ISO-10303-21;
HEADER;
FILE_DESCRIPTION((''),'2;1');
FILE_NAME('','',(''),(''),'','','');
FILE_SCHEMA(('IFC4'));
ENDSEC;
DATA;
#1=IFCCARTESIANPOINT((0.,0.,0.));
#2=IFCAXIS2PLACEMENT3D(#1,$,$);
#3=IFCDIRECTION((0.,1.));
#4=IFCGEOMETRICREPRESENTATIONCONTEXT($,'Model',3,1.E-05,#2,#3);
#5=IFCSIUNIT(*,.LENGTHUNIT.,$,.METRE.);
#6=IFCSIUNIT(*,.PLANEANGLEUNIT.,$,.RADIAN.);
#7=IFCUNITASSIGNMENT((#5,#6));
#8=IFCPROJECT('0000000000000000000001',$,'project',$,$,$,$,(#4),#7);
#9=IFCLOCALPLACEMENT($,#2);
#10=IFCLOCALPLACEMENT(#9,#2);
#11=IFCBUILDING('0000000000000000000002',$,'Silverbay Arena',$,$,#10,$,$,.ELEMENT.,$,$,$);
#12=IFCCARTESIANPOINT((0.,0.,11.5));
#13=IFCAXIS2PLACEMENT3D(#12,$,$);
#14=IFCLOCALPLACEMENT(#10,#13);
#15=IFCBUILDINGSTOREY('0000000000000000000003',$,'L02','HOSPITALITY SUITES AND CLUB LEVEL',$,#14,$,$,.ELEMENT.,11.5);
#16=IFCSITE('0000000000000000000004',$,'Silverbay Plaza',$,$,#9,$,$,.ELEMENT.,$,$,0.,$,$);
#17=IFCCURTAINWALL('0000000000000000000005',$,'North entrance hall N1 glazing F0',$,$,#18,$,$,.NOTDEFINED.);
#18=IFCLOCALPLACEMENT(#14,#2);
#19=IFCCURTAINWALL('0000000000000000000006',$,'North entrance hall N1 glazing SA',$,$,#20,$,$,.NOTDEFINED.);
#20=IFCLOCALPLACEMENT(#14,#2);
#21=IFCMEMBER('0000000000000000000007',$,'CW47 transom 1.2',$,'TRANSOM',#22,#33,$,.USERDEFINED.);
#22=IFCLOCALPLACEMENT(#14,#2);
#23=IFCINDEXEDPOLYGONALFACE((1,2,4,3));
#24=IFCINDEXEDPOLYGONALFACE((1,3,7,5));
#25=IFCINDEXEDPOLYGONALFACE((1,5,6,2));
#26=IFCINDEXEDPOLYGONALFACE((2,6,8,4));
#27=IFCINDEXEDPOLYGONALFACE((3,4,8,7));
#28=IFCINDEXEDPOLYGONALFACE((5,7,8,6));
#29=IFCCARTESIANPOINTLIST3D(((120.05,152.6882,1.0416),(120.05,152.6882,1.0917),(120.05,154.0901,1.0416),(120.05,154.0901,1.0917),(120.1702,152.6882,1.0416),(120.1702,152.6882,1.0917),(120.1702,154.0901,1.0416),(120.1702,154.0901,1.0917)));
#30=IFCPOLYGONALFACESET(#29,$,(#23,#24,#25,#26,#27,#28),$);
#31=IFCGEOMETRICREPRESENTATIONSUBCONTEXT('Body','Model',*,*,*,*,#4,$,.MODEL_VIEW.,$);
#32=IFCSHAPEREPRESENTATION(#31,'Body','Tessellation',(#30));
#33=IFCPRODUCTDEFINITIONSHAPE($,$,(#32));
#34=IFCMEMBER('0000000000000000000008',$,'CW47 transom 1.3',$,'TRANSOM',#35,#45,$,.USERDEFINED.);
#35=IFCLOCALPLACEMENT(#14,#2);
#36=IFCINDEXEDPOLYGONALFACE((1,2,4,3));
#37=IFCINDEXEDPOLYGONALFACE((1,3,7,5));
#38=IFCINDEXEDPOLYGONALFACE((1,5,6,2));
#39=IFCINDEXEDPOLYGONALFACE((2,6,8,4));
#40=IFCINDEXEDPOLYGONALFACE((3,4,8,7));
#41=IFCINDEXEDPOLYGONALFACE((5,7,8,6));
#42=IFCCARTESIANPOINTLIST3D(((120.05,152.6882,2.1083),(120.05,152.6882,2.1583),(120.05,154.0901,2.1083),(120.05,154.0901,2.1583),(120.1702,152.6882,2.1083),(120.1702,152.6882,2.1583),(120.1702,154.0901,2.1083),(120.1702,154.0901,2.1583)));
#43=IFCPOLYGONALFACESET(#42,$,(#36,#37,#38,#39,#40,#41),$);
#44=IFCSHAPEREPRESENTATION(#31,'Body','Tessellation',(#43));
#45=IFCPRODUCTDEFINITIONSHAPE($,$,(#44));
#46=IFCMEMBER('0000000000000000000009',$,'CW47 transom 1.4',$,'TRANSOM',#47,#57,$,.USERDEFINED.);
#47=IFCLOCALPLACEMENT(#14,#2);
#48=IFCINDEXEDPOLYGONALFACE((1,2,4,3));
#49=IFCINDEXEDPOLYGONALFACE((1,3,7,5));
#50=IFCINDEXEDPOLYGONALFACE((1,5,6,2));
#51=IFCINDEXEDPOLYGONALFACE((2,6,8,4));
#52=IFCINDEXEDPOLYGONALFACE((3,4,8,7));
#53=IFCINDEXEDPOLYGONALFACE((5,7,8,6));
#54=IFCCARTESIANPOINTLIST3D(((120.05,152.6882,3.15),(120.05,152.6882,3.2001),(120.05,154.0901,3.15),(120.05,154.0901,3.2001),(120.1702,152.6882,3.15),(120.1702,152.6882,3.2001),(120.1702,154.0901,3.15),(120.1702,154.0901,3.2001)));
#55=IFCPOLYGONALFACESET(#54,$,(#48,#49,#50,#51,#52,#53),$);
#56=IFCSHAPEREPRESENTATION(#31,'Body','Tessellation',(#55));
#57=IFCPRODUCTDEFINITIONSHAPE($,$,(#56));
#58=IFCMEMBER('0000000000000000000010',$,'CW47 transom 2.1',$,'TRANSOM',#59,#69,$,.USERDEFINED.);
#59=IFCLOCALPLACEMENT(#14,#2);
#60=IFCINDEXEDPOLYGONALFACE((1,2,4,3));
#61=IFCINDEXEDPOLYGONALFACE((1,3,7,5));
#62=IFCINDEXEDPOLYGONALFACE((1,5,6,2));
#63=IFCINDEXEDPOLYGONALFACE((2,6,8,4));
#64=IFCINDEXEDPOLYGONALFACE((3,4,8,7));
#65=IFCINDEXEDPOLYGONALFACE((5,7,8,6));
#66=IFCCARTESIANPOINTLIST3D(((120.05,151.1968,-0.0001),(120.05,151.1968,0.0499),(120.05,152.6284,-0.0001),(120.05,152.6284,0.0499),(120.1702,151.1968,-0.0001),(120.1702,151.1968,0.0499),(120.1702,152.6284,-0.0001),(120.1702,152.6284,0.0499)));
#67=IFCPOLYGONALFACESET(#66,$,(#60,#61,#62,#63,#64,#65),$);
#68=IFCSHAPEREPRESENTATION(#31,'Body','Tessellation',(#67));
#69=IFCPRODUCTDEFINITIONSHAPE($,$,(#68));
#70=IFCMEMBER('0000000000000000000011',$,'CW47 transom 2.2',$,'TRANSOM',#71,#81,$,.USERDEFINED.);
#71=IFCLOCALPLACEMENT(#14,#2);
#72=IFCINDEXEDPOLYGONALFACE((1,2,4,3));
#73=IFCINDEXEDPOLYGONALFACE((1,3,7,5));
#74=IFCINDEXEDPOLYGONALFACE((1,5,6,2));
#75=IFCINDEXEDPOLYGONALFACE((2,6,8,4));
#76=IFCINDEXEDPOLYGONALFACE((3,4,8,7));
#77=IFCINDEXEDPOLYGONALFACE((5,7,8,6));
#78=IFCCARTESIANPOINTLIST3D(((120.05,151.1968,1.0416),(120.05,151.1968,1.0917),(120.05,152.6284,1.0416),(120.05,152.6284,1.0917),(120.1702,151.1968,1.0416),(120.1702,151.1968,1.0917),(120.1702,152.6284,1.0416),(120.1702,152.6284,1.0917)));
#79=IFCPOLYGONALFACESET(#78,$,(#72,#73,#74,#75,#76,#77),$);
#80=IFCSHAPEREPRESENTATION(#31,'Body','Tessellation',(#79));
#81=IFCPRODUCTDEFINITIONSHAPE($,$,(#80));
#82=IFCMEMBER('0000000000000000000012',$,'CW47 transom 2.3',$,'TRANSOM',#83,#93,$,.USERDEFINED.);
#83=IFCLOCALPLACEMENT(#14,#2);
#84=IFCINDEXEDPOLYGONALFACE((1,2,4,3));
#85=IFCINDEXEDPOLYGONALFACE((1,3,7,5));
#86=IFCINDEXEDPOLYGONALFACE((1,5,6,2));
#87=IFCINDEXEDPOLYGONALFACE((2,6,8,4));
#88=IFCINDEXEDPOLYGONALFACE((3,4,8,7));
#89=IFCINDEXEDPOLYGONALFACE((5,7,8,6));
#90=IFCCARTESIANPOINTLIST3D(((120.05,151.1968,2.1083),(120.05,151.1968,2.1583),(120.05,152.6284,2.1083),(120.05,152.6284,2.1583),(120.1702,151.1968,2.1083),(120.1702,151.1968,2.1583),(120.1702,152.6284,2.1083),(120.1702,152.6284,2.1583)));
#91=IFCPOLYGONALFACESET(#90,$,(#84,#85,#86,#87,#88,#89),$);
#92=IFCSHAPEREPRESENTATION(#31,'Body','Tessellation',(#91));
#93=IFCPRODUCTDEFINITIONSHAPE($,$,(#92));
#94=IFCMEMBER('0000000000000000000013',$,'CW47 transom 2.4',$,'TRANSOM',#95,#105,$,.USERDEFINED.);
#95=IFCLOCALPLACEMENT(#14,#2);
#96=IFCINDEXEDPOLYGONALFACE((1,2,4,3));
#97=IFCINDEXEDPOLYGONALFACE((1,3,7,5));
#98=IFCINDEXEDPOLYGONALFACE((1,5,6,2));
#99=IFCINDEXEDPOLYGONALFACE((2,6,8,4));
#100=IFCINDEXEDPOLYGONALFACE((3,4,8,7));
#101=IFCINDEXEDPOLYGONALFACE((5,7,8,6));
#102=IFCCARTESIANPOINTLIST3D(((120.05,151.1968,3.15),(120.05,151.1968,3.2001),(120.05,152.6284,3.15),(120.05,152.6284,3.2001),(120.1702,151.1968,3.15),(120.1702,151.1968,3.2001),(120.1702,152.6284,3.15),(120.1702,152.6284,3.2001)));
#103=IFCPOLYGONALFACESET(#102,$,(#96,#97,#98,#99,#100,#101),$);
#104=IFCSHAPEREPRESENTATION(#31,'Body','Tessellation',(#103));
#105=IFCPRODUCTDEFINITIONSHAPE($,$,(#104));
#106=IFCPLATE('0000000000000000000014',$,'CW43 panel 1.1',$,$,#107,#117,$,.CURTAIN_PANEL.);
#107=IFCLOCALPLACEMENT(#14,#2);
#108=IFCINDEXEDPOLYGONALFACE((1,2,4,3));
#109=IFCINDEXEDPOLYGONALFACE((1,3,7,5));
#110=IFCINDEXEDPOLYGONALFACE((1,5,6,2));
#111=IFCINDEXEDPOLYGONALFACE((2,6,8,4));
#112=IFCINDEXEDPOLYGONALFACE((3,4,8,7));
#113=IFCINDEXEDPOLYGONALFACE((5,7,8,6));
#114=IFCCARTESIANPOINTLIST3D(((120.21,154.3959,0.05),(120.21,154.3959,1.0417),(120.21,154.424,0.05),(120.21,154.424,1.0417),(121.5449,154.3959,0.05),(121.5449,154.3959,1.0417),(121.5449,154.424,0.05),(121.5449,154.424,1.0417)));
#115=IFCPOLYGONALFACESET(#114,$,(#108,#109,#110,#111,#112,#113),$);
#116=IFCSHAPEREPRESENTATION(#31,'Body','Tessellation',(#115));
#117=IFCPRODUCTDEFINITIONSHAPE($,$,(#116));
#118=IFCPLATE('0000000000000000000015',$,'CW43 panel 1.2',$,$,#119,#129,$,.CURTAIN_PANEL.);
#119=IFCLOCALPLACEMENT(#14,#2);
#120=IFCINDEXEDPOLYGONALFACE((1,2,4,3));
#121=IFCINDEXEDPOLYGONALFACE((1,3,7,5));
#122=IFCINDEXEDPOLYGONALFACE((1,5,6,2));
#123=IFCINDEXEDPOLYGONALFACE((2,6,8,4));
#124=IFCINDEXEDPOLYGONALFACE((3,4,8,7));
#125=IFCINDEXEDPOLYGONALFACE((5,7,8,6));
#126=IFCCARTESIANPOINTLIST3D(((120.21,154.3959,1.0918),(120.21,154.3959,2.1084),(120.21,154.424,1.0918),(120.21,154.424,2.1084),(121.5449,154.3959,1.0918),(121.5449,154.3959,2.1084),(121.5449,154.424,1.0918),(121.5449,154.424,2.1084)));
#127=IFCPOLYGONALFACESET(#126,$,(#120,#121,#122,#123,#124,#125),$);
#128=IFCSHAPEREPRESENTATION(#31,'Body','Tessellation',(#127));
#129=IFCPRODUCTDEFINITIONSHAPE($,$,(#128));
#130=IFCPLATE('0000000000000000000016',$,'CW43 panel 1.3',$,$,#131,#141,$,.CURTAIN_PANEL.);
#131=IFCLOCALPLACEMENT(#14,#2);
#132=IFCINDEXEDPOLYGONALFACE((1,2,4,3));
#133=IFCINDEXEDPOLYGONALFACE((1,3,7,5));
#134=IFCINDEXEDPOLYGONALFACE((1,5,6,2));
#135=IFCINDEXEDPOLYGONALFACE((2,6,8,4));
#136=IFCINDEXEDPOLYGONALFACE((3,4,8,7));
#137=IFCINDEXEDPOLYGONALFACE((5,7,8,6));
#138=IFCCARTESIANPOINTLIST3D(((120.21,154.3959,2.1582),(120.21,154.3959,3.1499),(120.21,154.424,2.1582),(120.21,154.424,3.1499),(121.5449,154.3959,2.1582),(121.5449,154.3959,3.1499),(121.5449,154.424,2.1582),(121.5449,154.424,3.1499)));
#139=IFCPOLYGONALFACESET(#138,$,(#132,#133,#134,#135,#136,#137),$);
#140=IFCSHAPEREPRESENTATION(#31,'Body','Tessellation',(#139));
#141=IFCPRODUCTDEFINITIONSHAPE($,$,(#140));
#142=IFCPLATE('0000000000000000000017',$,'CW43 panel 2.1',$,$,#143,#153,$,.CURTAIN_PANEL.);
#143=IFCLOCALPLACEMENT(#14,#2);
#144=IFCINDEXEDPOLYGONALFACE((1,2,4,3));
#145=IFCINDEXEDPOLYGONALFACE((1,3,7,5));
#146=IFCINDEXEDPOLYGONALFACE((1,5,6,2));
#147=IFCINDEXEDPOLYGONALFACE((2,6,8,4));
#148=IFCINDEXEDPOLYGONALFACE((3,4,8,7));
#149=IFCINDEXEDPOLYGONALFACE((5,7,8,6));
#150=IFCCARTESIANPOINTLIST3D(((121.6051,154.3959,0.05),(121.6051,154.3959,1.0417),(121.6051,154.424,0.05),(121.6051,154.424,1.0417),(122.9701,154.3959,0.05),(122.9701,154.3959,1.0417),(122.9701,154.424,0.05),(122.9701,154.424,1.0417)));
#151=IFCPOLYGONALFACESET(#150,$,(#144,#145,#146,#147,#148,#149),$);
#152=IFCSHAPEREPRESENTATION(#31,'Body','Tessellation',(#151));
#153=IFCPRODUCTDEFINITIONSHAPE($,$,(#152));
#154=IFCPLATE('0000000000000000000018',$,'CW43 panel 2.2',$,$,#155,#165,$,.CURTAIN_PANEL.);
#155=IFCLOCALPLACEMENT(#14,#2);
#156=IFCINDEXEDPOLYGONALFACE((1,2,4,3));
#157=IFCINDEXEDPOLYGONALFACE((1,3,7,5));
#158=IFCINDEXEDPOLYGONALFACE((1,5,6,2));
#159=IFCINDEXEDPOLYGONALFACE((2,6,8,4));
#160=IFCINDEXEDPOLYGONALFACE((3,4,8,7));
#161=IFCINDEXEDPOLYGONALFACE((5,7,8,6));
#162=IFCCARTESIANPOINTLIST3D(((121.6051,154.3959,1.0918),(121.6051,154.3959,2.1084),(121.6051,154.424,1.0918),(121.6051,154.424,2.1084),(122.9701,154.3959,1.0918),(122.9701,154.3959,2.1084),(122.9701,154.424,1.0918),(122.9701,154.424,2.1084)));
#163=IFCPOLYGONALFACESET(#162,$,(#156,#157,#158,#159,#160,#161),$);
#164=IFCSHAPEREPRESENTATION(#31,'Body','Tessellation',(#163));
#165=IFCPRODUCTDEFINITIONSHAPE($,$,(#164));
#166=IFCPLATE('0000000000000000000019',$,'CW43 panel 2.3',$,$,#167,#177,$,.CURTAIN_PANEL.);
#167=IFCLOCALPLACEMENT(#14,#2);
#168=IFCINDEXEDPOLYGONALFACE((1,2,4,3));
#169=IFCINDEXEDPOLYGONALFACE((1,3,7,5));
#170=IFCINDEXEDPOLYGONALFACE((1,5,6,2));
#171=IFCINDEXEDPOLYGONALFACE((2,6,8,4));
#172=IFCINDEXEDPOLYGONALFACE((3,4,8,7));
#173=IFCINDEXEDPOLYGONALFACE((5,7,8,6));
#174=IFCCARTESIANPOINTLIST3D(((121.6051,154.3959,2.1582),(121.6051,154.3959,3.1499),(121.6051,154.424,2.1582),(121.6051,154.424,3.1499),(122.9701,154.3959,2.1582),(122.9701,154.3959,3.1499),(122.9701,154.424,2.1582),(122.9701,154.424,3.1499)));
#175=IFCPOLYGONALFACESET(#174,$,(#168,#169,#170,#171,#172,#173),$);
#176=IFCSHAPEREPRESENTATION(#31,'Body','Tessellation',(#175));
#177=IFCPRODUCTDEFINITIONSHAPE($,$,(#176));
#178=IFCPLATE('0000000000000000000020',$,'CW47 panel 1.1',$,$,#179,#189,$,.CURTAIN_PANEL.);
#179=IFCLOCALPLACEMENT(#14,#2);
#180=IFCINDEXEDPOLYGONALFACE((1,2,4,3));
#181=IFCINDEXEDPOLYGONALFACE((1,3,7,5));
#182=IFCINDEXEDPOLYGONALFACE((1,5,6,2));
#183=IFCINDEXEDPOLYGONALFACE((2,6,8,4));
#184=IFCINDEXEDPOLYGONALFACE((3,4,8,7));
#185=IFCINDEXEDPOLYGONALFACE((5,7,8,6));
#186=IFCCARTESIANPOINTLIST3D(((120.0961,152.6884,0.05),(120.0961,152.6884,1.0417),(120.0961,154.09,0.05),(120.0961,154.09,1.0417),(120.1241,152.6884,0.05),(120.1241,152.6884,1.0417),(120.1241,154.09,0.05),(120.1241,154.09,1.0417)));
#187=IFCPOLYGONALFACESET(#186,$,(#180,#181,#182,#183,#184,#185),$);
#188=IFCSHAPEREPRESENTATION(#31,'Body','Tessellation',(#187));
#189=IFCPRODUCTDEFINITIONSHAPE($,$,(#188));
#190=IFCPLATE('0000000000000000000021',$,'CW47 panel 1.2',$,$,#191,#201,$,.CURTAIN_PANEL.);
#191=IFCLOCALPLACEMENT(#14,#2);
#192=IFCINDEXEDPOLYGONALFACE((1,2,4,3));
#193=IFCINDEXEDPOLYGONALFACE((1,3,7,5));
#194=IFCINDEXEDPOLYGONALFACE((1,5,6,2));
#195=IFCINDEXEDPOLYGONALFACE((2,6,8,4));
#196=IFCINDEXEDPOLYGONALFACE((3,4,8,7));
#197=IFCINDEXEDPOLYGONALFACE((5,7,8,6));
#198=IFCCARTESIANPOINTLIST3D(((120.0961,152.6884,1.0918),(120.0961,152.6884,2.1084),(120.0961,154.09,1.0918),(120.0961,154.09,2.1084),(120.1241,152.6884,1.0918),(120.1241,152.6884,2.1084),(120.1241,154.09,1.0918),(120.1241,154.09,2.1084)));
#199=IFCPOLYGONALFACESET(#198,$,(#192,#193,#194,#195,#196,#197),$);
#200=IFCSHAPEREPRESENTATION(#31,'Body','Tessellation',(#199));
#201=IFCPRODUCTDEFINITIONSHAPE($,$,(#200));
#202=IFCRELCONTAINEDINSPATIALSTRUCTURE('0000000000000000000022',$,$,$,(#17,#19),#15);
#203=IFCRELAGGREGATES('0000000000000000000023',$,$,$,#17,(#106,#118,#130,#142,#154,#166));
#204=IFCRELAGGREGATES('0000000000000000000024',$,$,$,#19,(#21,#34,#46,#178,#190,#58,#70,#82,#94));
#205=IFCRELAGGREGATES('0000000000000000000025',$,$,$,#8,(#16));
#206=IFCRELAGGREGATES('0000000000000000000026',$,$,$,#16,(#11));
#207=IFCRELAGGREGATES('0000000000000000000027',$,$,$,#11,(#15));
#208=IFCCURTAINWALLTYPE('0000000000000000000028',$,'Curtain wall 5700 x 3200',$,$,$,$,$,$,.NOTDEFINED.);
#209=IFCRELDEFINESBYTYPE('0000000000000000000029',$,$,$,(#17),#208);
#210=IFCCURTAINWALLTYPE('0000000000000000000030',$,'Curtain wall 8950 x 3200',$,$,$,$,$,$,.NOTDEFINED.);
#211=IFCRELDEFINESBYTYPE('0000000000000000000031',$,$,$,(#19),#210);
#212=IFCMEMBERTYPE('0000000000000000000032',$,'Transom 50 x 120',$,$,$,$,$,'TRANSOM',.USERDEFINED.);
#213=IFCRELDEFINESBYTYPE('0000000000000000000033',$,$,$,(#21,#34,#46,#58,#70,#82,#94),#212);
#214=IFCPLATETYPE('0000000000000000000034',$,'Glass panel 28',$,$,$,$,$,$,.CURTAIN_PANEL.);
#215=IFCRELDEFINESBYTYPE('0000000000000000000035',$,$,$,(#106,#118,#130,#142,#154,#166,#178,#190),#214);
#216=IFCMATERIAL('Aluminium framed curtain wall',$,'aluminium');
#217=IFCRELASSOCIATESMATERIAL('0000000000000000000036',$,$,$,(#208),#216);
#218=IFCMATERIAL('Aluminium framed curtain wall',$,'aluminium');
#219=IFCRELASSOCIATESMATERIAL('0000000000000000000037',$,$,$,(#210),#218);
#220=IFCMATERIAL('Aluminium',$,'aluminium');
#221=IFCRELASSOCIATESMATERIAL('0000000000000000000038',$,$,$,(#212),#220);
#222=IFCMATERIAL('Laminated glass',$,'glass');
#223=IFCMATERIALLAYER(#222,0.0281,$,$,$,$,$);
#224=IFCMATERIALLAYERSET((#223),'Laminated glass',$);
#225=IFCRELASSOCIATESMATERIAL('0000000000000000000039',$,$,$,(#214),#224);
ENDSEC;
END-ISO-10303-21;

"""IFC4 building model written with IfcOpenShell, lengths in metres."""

from ifc_helpers import new_model, si_unit, direction, frame, origin, origin_2d, place, context, subcontext, project, spatial, rectangle, extrude, material, layer, layer_set, material_profile, profile_set, type_object, element, aggregate, save


model = new_model("IFC4")

# Units and contexts
model_context = context("Model", 3, precision=1e-05, world=origin(), true_north=direction((0.0, 1.0)))
body_context = subcontext(model_context, "Body", "Model", "MODEL_VIEW")
ifc_project = project(units=[si_unit("LENGTHUNIT", "METRE"), si_unit("PLANEANGLEUNIT", "RADIAN")], contexts=[model_context])

# Site, building, storey
site_placement = place(None, origin())
site = spatial("IfcSite", under=ifc_project, at=site_placement, Name="Silverbay Plaza", CompositionType="ELEMENT", RefElevation=0.0)
building_placement = place(site_placement, origin())
building = spatial("IfcBuilding", under=site, at=building_placement, Name="Silverbay Arena", CompositionType="ELEMENT")
storey_placement = place(building_placement, frame((0.0, 0.0, 11.5)))
storey = spatial("IfcBuildingStorey", under=building, at=storey_placement, Name="L02", Description="HOSPITALITY SUITES AND CLUB LEVEL", CompositionType="ELEMENT", Elevation=11.5)

# Curtain walls
ifc_material_1 = material(Name="Aluminium framed curtain wall", Category="aluminium")
curtain_wall_type_1 = type_object("IfcCurtainWallType", Name="Curtain wall 5700 x 3200", PredefinedType="NOTDEFINED", material=ifc_material_1)
curtain_wall_1_placement = place(storey_placement, origin())
curtain_wall_1 = element("IfcCurtainWall", 1, at=curtain_wall_1_placement, inside=storey, type_object=curtain_wall_type_1, Name="North entrance hall N1 glazing F0", PredefinedType="NOTDEFINED")
ifc_material_2 = material(Name="Aluminium framed curtain wall", Category="aluminium")
curtain_wall_type_2 = type_object("IfcCurtainWallType", Name="Curtain wall 8950 x 3200", PredefinedType="NOTDEFINED", material=ifc_material_2)
curtain_wall_2_placement = place(storey_placement, origin())
curtain_wall_2 = element("IfcCurtainWall", 2, at=curtain_wall_2_placement, inside=storey, type_object=curtain_wall_type_2, Name="North entrance hall N1 glazing SA", PredefinedType="NOTDEFINED")

# Members
ifc_material_3 = material(Name="Aluminium", Category="aluminium")
ifc_material_profile_1 = material_profile(ifc_material_3, rectangle(XDim=0.1201, YDim=0.05, at=origin_2d()), Name="Transom 50 x 120")
ifc_profile_set_1 = profile_set([ifc_material_profile_1], Name="Aluminium")
member_type_1 = type_object("IfcMemberType", Name="Transom 50 x 120", ElementType="TRANSOM", PredefinedType="USERDEFINED", material=ifc_profile_set_1)
member_1_placement = place(storey_placement, frame((120.1101, 154.0901, 1.0667), z_axis=(0.0, -1.0, 0.0), x_axis=(1.0, 0.0, 0.0)))
member_1 = element("IfcMember", 3, at=member_1_placement, type_object=member_type_1, Name="CW47 transom 1.2", ObjectType="TRANSOM", PredefinedType="USERDEFINED", context=body_context, shape_type="SweptSolid", body=[
    extrude(rectangle(XDim=0.1201, YDim=0.05, at=origin_2d()), origin(), (0.0, 0.0, 1.0), 1.4019),
])
member_2_placement = place(storey_placement, frame((120.1101, 154.0901, 2.1333), z_axis=(0.0, -1.0, 0.0), x_axis=(1.0, 0.0, 0.0)))
member_2 = element("IfcMember", 4, at=member_2_placement, type_object=member_type_1, Name="CW47 transom 1.3", ObjectType="TRANSOM", PredefinedType="USERDEFINED", context=body_context, shape_type="SweptSolid", body=[
    extrude(rectangle(XDim=0.1201, YDim=0.05, at=origin_2d()), origin(), (0.0, 0.0, 1.0), 1.4019),
])
member_3_placement = place(storey_placement, frame((120.1101, 154.0901, 3.175), z_axis=(0.0, -1.0, 0.0), x_axis=(1.0, 0.0, 0.0)))
member_3 = element("IfcMember", 5, at=member_3_placement, type_object=member_type_1, Name="CW47 transom 1.4", ObjectType="TRANSOM", PredefinedType="USERDEFINED", context=body_context, shape_type="SweptSolid", body=[
    extrude(rectangle(XDim=0.1201, YDim=0.05, at=origin_2d()), origin(), (0.0, 0.0, 1.0), 1.4019),
])
member_4_placement = place(storey_placement, frame((120.1101, 152.6284, 0.0249), z_axis=(0.0, -1.0, 0.0), x_axis=(1.0, 0.0, 0.0)))
member_4 = element("IfcMember", 6, at=member_4_placement, type_object=member_type_1, Name="CW47 transom 2.1", ObjectType="TRANSOM", PredefinedType="USERDEFINED", context=body_context, shape_type="SweptSolid", body=[
    extrude(rectangle(XDim=0.1201, YDim=0.05, at=origin_2d()), origin(), (0.0, 0.0, 1.0), 1.4316),
])
member_5_placement = place(storey_placement, frame((120.1101, 152.6284, 1.0667), z_axis=(0.0, -1.0, 0.0), x_axis=(1.0, 0.0, 0.0)))
member_5 = element("IfcMember", 7, at=member_5_placement, type_object=member_type_1, Name="CW47 transom 2.2", ObjectType="TRANSOM", PredefinedType="USERDEFINED", context=body_context, shape_type="SweptSolid", body=[
    extrude(rectangle(XDim=0.1201, YDim=0.05, at=origin_2d()), origin(), (0.0, 0.0, 1.0), 1.4316),
])
member_6_placement = place(storey_placement, frame((120.1101, 152.6284, 2.1333), z_axis=(0.0, -1.0, 0.0), x_axis=(1.0, 0.0, 0.0)))
member_6 = element("IfcMember", 8, at=member_6_placement, type_object=member_type_1, Name="CW47 transom 2.3", ObjectType="TRANSOM", PredefinedType="USERDEFINED", context=body_context, shape_type="SweptSolid", body=[
    extrude(rectangle(XDim=0.1201, YDim=0.05, at=origin_2d()), origin(), (0.0, 0.0, 1.0), 1.4316),
])
member_7_placement = place(storey_placement, frame((120.1101, 152.6284, 3.175), z_axis=(0.0, -1.0, 0.0), x_axis=(1.0, 0.0, 0.0)))
member_7 = element("IfcMember", 9, at=member_7_placement, type_object=member_type_1, Name="CW47 transom 2.4", ObjectType="TRANSOM", PredefinedType="USERDEFINED", context=body_context, shape_type="SweptSolid", body=[
    extrude(rectangle(XDim=0.1201, YDim=0.05, at=origin_2d()), origin(), (0.0, 0.0, 1.0), 1.4316),
])

# Plates
ifc_material_4 = material(Name="Laminated glass", Category="glass")
ifc_layer = layer(ifc_material_4, 0.0281)
ifc_layer_set = layer_set([ifc_layer], Name="Laminated glass")
plate_type = type_object("IfcPlateType", Name="Glass panel 28", PredefinedType="CURTAIN_PANEL", material=ifc_layer_set)
plate_1_placement = place(storey_placement, frame((120.8774, 154.4099, 0.05), z_axis=(0.0, 0.0, 1.0), x_axis=(1.0, 0.0, 0.0)))
plate_1 = element("IfcPlate", 10, at=plate_1_placement, type_object=plate_type, Name="CW43 panel 1.1", PredefinedType="CURTAIN_PANEL", context=body_context, shape_type="SweptSolid", body=[
    extrude(rectangle(XDim=1.335, YDim=0.0281, at=origin_2d()), origin(), (0.0, 0.0, 1.0), 0.9917),
])
plate_2_placement = place(storey_placement, frame((120.8774, 154.4099, 1.0918), z_axis=(0.0, 0.0, 1.0), x_axis=(1.0, 0.0, 0.0)))
plate_2 = element("IfcPlate", 11, at=plate_2_placement, type_object=plate_type, Name="CW43 panel 1.2", PredefinedType="CURTAIN_PANEL", context=body_context, shape_type="SweptSolid", body=[
    extrude(rectangle(XDim=1.335, YDim=0.0281, at=origin_2d()), origin(), (0.0, 0.0, 1.0), 1.0166),
])
plate_3_placement = place(storey_placement, frame((120.8774, 154.4099, 2.1582), z_axis=(0.0, 0.0, 1.0), x_axis=(1.0, 0.0, 0.0)))
plate_3 = element("IfcPlate", 12, at=plate_3_placement, type_object=plate_type, Name="CW43 panel 1.3", PredefinedType="CURTAIN_PANEL", context=body_context, shape_type="SweptSolid", body=[
    extrude(rectangle(XDim=1.335, YDim=0.0281, at=origin_2d()), origin(), (0.0, 0.0, 1.0), 0.9917),
])
plate_4_placement = place(storey_placement, frame((122.2876, 154.4099, 0.05), z_axis=(0.0, 0.0, 1.0), x_axis=(1.0, 0.0, 0.0)))
plate_4 = element("IfcPlate", 13, at=plate_4_placement, type_object=plate_type, Name="CW43 panel 2.1", PredefinedType="CURTAIN_PANEL", context=body_context, shape_type="SweptSolid", body=[
    extrude(rectangle(XDim=1.365, YDim=0.0281, at=origin_2d()), origin(), (0.0, 0.0, 1.0), 0.9917),
])
plate_5_placement = place(storey_placement, frame((122.2876, 154.4099, 1.0918), z_axis=(0.0, 0.0, 1.0), x_axis=(1.0, 0.0, 0.0)))
plate_5 = element("IfcPlate", 14, at=plate_5_placement, type_object=plate_type, Name="CW43 panel 2.2", PredefinedType="CURTAIN_PANEL", context=body_context, shape_type="SweptSolid", body=[
    extrude(rectangle(XDim=1.365, YDim=0.0281, at=origin_2d()), origin(), (0.0, 0.0, 1.0), 1.0166),
])
plate_6_placement = place(storey_placement, frame((122.2876, 154.4099, 2.1582), z_axis=(0.0, 0.0, 1.0), x_axis=(1.0, 0.0, 0.0)))
plate_6 = element("IfcPlate", 15, at=plate_6_placement, type_object=plate_type, Name="CW43 panel 2.3", PredefinedType="CURTAIN_PANEL", context=body_context, shape_type="SweptSolid", body=[
    extrude(rectangle(XDim=1.365, YDim=0.0281, at=origin_2d()), origin(), (0.0, 0.0, 1.0), 0.9917),
])
aggregate(curtain_wall_1, [plate_1, plate_2, plate_3, plate_4, plate_5, plate_6])
plate_7_placement = place(storey_placement, frame((120.1101, 153.3892, 0.05), z_axis=(0.0, 0.0, 1.0), x_axis=(0.0, -1.0, 0.0)))
plate_7 = element("IfcPlate", 16, at=plate_7_placement, type_object=plate_type, Name="CW47 panel 1.1", PredefinedType="CURTAIN_PANEL", context=body_context, shape_type="SweptSolid", body=[
    extrude(rectangle(XDim=1.4016, YDim=0.0281, at=origin_2d()), origin(), (0.0, 0.0, 1.0), 0.9917),
])
plate_8_placement = place(storey_placement, frame((120.1101, 153.3892, 1.0918), z_axis=(0.0, 0.0, 1.0), x_axis=(0.0, -1.0, 0.0)))
plate_8 = element("IfcPlate", 17, at=plate_8_placement, type_object=plate_type, Name="CW47 panel 1.2", PredefinedType="CURTAIN_PANEL", context=body_context, shape_type="SweptSolid", body=[
    extrude(rectangle(XDim=1.4016, YDim=0.0281, at=origin_2d()), origin(), (0.0, 0.0, 1.0), 1.0166),
])
aggregate(curtain_wall_2, [member_1, member_2, member_3, plate_7, plate_8, member_4, member_5, member_6, member_7])

save(model, "model.ifc")
